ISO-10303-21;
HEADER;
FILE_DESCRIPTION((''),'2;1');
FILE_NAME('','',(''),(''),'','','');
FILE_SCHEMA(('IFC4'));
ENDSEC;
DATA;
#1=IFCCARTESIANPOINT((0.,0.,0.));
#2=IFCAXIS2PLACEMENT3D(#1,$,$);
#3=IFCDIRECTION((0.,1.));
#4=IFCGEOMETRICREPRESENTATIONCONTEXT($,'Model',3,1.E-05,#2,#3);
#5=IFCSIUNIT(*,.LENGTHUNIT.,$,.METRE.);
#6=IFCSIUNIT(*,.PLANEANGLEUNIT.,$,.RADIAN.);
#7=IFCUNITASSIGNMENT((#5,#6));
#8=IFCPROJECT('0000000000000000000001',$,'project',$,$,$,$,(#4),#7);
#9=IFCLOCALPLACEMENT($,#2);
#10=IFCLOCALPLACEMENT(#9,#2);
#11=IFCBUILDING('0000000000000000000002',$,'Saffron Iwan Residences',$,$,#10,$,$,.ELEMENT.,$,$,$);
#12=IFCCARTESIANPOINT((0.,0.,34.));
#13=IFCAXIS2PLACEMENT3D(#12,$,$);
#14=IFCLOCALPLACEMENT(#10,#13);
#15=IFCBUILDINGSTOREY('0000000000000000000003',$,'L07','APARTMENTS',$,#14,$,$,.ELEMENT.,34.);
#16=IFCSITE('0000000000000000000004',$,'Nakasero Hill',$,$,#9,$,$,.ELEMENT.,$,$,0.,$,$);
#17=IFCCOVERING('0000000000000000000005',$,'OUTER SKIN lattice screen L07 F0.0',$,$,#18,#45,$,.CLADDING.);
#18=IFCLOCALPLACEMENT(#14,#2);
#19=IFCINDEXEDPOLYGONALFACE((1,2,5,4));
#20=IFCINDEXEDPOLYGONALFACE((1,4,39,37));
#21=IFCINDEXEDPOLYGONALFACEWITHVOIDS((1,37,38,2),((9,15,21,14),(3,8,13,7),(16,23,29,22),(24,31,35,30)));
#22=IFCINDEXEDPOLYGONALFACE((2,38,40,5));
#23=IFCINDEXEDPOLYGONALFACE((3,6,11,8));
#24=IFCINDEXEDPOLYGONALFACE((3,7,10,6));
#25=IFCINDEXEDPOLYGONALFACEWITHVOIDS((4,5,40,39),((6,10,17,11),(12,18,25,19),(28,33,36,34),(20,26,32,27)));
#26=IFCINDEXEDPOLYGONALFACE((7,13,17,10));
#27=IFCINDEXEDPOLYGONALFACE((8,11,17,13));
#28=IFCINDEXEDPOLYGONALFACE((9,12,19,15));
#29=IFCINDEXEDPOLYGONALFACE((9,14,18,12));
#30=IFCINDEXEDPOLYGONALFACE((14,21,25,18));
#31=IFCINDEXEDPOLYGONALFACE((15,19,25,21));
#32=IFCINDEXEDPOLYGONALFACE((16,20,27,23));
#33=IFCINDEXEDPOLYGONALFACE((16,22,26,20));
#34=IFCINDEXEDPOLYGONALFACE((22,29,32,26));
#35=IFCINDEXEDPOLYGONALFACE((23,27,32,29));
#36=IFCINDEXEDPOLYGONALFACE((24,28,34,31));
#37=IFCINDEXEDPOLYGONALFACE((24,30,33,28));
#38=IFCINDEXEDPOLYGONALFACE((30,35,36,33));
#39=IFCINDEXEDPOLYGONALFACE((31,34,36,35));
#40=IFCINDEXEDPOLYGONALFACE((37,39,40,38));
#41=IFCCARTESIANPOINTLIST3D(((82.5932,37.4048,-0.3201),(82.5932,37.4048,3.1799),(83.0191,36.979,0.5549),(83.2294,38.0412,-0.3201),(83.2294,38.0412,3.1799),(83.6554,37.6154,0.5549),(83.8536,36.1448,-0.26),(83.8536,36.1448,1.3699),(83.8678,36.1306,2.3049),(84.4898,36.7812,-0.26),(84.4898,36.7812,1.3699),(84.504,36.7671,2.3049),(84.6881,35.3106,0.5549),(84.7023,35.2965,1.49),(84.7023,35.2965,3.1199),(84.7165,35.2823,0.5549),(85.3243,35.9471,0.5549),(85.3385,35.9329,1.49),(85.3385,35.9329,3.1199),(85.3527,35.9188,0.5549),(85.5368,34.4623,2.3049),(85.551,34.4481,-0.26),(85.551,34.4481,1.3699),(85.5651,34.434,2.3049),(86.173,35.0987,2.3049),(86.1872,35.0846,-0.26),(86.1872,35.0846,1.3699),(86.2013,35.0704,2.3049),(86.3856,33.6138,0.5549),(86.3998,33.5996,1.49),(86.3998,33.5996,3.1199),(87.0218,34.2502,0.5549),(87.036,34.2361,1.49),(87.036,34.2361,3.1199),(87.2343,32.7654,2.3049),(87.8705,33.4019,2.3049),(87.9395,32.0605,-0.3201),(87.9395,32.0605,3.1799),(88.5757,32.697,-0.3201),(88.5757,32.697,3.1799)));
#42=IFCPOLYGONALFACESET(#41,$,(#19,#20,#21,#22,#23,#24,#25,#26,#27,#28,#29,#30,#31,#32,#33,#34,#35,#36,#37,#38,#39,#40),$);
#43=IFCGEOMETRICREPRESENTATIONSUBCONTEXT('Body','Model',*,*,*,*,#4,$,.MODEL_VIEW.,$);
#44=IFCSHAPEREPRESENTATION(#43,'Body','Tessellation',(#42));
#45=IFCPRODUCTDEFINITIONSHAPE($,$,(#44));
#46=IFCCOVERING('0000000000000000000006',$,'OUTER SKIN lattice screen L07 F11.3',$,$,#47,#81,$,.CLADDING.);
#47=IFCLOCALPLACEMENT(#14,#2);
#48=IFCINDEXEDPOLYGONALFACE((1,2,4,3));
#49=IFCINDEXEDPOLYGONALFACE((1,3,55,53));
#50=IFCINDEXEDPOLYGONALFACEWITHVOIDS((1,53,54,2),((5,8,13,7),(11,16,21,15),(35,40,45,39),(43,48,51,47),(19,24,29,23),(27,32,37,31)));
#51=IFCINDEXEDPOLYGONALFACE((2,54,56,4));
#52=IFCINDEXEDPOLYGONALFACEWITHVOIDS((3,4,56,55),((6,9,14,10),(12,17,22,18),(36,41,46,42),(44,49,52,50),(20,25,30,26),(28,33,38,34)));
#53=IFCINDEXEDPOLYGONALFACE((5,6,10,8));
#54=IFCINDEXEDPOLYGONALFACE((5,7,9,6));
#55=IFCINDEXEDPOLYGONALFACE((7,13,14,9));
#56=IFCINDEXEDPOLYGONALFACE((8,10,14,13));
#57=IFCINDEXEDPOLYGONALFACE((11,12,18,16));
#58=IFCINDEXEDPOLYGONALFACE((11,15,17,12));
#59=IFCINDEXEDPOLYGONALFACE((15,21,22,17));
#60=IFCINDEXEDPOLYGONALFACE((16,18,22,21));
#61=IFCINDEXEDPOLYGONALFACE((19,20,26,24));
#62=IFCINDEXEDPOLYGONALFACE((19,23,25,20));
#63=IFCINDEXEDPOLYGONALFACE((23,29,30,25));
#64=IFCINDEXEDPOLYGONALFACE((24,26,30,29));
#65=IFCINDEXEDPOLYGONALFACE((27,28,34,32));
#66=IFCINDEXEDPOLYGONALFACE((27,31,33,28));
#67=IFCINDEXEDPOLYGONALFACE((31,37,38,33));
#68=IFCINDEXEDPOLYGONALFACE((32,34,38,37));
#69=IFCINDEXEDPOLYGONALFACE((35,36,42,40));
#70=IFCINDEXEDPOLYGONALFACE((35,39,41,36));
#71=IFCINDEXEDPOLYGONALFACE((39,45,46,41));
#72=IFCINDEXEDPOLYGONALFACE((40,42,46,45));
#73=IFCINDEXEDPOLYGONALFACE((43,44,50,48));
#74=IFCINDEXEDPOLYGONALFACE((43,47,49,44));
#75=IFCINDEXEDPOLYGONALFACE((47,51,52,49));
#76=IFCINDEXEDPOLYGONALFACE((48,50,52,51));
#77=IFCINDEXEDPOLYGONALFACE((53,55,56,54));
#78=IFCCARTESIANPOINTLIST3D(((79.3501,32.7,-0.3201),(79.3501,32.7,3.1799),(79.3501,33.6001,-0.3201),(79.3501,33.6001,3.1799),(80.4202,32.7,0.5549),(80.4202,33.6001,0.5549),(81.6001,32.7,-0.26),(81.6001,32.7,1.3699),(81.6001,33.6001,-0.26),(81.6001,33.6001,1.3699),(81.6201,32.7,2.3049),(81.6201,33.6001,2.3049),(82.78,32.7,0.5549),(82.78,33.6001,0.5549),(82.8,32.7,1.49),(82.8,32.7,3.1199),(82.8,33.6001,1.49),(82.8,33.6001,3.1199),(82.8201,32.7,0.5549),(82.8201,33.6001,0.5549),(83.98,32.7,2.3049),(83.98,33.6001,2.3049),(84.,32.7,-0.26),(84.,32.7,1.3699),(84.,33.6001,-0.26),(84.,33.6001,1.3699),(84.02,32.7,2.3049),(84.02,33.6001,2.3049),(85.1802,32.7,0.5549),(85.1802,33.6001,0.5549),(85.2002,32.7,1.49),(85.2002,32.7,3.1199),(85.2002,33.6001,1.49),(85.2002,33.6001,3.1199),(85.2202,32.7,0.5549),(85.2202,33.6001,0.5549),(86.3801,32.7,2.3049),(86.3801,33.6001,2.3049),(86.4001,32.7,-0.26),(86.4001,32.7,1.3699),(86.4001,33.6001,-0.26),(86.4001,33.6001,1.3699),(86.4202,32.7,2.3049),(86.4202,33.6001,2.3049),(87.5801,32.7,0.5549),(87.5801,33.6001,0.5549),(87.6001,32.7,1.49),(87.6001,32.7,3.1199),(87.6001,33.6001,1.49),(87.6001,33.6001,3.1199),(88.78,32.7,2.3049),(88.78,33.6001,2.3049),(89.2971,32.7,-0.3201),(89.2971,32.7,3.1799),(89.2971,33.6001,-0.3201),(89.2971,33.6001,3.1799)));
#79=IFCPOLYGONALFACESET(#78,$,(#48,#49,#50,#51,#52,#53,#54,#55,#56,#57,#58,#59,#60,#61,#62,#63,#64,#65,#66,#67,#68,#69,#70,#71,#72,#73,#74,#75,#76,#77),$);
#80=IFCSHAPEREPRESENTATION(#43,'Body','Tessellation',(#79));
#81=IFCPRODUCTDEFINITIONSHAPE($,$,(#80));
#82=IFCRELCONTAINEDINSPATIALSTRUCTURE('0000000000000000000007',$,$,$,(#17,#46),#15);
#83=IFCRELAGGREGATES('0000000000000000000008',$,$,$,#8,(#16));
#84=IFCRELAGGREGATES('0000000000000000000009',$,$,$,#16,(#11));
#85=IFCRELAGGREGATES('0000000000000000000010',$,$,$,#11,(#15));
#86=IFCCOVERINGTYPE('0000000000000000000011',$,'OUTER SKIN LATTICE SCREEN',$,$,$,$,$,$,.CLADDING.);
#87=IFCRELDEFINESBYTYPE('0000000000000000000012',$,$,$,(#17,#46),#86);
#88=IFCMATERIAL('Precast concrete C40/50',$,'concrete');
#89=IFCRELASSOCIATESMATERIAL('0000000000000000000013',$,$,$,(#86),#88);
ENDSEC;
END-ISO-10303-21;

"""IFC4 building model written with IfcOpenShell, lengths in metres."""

from ifc_helpers import new_model, si_unit, direction, frame, origin, place, context, subcontext, project, spatial, polyline, outline, extrude, material, type_object, element, save


model = new_model("IFC4")

# Units and contexts
model_context = context("Model", 3, precision=1e-05, world=origin(), true_north=direction((0.0, 1.0)))
body_context = subcontext(model_context, "Body", "Model", "MODEL_VIEW")
ifc_project = project(units=[si_unit("LENGTHUNIT", "METRE"), si_unit("PLANEANGLEUNIT", "RADIAN")], contexts=[model_context])

# Site, building, storey
site_placement = place(None, origin())
site = spatial("IfcSite", under=ifc_project, at=site_placement, Name="Nakasero Hill", CompositionType="ELEMENT", RefElevation=0.0)
building_placement = place(site_placement, origin())
building = spatial("IfcBuilding", under=site, at=building_placement, Name="Saffron Iwan Residences", CompositionType="ELEMENT")
storey_placement = place(building_placement, frame((0.0, 0.0, 34.0)))
storey = spatial("IfcBuildingStorey", under=building, at=storey_placement, Name="L07", Description="APARTMENTS", CompositionType="ELEMENT", Elevation=34.0)

# Coverings
ifc_material_1 = material(Name="Precast concrete C40/50", Category="concrete")
covering_type = type_object("IfcCoveringType", Name="OUTER SKIN LATTICE SCREEN", PredefinedType="CLADDING", material=ifc_material_1)
covering_1_placement = place(storey_placement, frame((87.9395, 32.0605, -0.3201), z_axis=(0.706971, 0.707242, 0.0), x_axis=(-0.707242, 0.706971, 0.0)))
element("IfcCovering", 1, at=covering_1_placement, inside=storey, type_object=covering_type, Name="OUTER SKIN lattice screen L07 F0.0", PredefinedType="CLADDING", context=body_context, shape_type="SweptSolid", body=[
    extrude(outline(polyline([(0.0, 0.0), (7.5593, 0.0), (7.5593, 3.5), (0.0, 3.5), (0.0, 0.0)]), holes=[polyline([(2.197, 0.875), (3.3772, 0.0601), (4.5571, 0.875), (3.3772, 1.6899), (2.197, 0.875)]), polyline([(4.5972, 0.875), (5.7771, 0.0601), (6.957, 0.875), (5.7771, 1.6899), (4.5972, 0.875)]), polyline([(0.9971, 2.625), (2.177, 1.8101), (3.3572, 2.625), (2.177, 3.4399), (0.9971, 2.625)]), polyline([(3.3972, 2.625), (4.5771, 1.8101), (5.7571, 2.625), (4.5771, 3.4399), (3.3972, 2.625)])]), origin(), (0.0, 0.0, 1.0), 0.8999),
])
covering_2_placement = place(storey_placement, frame((79.3501, 33.6001, -0.3201), z_axis=(0.0, -1.0, 0.0), x_axis=(1.0, 0.0, 0.0)))
element("IfcCovering", 2, at=covering_2_placement, inside=storey, type_object=covering_type, Name="OUTER SKIN lattice screen L07 F11.3", PredefinedType="CLADDING", context=body_context, shape_type="SweptSolid", body=[
    extrude(outline(polyline([(0.0, 0.0), (9.947, 0.0), (9.947, 3.5), (0.0, 3.5), (0.0, 0.0)]), holes=[polyline([(1.0701, 0.875), (2.25, 0.0601), (3.4299, 0.875), (2.25, 1.6899), (1.0701, 0.875)]), polyline([(3.47, 0.875), (4.6499, 0.0601), (5.8301, 0.875), (4.6499, 1.6899), (3.47, 0.875)]), polyline([(5.8701, 0.875), (7.05, 0.0601), (8.23, 0.875), (7.05, 1.6899), (5.8701, 0.875)]), polyline([(2.27, 2.625), (3.45, 1.8101), (4.6299, 2.625), (3.45, 3.4399), (2.27, 2.625)]), polyline([(4.6699, 2.625), (5.8501, 1.8101), (7.03, 2.625), (5.8501, 3.4399), (4.6699, 2.625)]), polyline([(7.0701, 2.625), (8.25, 1.8101), (9.4299, 2.625), (8.25, 3.4399), (7.0701, 2.625)])]), origin(), (0.0, 0.0, 1.0), 0.9001),
])

save(model, "model.ifc")
